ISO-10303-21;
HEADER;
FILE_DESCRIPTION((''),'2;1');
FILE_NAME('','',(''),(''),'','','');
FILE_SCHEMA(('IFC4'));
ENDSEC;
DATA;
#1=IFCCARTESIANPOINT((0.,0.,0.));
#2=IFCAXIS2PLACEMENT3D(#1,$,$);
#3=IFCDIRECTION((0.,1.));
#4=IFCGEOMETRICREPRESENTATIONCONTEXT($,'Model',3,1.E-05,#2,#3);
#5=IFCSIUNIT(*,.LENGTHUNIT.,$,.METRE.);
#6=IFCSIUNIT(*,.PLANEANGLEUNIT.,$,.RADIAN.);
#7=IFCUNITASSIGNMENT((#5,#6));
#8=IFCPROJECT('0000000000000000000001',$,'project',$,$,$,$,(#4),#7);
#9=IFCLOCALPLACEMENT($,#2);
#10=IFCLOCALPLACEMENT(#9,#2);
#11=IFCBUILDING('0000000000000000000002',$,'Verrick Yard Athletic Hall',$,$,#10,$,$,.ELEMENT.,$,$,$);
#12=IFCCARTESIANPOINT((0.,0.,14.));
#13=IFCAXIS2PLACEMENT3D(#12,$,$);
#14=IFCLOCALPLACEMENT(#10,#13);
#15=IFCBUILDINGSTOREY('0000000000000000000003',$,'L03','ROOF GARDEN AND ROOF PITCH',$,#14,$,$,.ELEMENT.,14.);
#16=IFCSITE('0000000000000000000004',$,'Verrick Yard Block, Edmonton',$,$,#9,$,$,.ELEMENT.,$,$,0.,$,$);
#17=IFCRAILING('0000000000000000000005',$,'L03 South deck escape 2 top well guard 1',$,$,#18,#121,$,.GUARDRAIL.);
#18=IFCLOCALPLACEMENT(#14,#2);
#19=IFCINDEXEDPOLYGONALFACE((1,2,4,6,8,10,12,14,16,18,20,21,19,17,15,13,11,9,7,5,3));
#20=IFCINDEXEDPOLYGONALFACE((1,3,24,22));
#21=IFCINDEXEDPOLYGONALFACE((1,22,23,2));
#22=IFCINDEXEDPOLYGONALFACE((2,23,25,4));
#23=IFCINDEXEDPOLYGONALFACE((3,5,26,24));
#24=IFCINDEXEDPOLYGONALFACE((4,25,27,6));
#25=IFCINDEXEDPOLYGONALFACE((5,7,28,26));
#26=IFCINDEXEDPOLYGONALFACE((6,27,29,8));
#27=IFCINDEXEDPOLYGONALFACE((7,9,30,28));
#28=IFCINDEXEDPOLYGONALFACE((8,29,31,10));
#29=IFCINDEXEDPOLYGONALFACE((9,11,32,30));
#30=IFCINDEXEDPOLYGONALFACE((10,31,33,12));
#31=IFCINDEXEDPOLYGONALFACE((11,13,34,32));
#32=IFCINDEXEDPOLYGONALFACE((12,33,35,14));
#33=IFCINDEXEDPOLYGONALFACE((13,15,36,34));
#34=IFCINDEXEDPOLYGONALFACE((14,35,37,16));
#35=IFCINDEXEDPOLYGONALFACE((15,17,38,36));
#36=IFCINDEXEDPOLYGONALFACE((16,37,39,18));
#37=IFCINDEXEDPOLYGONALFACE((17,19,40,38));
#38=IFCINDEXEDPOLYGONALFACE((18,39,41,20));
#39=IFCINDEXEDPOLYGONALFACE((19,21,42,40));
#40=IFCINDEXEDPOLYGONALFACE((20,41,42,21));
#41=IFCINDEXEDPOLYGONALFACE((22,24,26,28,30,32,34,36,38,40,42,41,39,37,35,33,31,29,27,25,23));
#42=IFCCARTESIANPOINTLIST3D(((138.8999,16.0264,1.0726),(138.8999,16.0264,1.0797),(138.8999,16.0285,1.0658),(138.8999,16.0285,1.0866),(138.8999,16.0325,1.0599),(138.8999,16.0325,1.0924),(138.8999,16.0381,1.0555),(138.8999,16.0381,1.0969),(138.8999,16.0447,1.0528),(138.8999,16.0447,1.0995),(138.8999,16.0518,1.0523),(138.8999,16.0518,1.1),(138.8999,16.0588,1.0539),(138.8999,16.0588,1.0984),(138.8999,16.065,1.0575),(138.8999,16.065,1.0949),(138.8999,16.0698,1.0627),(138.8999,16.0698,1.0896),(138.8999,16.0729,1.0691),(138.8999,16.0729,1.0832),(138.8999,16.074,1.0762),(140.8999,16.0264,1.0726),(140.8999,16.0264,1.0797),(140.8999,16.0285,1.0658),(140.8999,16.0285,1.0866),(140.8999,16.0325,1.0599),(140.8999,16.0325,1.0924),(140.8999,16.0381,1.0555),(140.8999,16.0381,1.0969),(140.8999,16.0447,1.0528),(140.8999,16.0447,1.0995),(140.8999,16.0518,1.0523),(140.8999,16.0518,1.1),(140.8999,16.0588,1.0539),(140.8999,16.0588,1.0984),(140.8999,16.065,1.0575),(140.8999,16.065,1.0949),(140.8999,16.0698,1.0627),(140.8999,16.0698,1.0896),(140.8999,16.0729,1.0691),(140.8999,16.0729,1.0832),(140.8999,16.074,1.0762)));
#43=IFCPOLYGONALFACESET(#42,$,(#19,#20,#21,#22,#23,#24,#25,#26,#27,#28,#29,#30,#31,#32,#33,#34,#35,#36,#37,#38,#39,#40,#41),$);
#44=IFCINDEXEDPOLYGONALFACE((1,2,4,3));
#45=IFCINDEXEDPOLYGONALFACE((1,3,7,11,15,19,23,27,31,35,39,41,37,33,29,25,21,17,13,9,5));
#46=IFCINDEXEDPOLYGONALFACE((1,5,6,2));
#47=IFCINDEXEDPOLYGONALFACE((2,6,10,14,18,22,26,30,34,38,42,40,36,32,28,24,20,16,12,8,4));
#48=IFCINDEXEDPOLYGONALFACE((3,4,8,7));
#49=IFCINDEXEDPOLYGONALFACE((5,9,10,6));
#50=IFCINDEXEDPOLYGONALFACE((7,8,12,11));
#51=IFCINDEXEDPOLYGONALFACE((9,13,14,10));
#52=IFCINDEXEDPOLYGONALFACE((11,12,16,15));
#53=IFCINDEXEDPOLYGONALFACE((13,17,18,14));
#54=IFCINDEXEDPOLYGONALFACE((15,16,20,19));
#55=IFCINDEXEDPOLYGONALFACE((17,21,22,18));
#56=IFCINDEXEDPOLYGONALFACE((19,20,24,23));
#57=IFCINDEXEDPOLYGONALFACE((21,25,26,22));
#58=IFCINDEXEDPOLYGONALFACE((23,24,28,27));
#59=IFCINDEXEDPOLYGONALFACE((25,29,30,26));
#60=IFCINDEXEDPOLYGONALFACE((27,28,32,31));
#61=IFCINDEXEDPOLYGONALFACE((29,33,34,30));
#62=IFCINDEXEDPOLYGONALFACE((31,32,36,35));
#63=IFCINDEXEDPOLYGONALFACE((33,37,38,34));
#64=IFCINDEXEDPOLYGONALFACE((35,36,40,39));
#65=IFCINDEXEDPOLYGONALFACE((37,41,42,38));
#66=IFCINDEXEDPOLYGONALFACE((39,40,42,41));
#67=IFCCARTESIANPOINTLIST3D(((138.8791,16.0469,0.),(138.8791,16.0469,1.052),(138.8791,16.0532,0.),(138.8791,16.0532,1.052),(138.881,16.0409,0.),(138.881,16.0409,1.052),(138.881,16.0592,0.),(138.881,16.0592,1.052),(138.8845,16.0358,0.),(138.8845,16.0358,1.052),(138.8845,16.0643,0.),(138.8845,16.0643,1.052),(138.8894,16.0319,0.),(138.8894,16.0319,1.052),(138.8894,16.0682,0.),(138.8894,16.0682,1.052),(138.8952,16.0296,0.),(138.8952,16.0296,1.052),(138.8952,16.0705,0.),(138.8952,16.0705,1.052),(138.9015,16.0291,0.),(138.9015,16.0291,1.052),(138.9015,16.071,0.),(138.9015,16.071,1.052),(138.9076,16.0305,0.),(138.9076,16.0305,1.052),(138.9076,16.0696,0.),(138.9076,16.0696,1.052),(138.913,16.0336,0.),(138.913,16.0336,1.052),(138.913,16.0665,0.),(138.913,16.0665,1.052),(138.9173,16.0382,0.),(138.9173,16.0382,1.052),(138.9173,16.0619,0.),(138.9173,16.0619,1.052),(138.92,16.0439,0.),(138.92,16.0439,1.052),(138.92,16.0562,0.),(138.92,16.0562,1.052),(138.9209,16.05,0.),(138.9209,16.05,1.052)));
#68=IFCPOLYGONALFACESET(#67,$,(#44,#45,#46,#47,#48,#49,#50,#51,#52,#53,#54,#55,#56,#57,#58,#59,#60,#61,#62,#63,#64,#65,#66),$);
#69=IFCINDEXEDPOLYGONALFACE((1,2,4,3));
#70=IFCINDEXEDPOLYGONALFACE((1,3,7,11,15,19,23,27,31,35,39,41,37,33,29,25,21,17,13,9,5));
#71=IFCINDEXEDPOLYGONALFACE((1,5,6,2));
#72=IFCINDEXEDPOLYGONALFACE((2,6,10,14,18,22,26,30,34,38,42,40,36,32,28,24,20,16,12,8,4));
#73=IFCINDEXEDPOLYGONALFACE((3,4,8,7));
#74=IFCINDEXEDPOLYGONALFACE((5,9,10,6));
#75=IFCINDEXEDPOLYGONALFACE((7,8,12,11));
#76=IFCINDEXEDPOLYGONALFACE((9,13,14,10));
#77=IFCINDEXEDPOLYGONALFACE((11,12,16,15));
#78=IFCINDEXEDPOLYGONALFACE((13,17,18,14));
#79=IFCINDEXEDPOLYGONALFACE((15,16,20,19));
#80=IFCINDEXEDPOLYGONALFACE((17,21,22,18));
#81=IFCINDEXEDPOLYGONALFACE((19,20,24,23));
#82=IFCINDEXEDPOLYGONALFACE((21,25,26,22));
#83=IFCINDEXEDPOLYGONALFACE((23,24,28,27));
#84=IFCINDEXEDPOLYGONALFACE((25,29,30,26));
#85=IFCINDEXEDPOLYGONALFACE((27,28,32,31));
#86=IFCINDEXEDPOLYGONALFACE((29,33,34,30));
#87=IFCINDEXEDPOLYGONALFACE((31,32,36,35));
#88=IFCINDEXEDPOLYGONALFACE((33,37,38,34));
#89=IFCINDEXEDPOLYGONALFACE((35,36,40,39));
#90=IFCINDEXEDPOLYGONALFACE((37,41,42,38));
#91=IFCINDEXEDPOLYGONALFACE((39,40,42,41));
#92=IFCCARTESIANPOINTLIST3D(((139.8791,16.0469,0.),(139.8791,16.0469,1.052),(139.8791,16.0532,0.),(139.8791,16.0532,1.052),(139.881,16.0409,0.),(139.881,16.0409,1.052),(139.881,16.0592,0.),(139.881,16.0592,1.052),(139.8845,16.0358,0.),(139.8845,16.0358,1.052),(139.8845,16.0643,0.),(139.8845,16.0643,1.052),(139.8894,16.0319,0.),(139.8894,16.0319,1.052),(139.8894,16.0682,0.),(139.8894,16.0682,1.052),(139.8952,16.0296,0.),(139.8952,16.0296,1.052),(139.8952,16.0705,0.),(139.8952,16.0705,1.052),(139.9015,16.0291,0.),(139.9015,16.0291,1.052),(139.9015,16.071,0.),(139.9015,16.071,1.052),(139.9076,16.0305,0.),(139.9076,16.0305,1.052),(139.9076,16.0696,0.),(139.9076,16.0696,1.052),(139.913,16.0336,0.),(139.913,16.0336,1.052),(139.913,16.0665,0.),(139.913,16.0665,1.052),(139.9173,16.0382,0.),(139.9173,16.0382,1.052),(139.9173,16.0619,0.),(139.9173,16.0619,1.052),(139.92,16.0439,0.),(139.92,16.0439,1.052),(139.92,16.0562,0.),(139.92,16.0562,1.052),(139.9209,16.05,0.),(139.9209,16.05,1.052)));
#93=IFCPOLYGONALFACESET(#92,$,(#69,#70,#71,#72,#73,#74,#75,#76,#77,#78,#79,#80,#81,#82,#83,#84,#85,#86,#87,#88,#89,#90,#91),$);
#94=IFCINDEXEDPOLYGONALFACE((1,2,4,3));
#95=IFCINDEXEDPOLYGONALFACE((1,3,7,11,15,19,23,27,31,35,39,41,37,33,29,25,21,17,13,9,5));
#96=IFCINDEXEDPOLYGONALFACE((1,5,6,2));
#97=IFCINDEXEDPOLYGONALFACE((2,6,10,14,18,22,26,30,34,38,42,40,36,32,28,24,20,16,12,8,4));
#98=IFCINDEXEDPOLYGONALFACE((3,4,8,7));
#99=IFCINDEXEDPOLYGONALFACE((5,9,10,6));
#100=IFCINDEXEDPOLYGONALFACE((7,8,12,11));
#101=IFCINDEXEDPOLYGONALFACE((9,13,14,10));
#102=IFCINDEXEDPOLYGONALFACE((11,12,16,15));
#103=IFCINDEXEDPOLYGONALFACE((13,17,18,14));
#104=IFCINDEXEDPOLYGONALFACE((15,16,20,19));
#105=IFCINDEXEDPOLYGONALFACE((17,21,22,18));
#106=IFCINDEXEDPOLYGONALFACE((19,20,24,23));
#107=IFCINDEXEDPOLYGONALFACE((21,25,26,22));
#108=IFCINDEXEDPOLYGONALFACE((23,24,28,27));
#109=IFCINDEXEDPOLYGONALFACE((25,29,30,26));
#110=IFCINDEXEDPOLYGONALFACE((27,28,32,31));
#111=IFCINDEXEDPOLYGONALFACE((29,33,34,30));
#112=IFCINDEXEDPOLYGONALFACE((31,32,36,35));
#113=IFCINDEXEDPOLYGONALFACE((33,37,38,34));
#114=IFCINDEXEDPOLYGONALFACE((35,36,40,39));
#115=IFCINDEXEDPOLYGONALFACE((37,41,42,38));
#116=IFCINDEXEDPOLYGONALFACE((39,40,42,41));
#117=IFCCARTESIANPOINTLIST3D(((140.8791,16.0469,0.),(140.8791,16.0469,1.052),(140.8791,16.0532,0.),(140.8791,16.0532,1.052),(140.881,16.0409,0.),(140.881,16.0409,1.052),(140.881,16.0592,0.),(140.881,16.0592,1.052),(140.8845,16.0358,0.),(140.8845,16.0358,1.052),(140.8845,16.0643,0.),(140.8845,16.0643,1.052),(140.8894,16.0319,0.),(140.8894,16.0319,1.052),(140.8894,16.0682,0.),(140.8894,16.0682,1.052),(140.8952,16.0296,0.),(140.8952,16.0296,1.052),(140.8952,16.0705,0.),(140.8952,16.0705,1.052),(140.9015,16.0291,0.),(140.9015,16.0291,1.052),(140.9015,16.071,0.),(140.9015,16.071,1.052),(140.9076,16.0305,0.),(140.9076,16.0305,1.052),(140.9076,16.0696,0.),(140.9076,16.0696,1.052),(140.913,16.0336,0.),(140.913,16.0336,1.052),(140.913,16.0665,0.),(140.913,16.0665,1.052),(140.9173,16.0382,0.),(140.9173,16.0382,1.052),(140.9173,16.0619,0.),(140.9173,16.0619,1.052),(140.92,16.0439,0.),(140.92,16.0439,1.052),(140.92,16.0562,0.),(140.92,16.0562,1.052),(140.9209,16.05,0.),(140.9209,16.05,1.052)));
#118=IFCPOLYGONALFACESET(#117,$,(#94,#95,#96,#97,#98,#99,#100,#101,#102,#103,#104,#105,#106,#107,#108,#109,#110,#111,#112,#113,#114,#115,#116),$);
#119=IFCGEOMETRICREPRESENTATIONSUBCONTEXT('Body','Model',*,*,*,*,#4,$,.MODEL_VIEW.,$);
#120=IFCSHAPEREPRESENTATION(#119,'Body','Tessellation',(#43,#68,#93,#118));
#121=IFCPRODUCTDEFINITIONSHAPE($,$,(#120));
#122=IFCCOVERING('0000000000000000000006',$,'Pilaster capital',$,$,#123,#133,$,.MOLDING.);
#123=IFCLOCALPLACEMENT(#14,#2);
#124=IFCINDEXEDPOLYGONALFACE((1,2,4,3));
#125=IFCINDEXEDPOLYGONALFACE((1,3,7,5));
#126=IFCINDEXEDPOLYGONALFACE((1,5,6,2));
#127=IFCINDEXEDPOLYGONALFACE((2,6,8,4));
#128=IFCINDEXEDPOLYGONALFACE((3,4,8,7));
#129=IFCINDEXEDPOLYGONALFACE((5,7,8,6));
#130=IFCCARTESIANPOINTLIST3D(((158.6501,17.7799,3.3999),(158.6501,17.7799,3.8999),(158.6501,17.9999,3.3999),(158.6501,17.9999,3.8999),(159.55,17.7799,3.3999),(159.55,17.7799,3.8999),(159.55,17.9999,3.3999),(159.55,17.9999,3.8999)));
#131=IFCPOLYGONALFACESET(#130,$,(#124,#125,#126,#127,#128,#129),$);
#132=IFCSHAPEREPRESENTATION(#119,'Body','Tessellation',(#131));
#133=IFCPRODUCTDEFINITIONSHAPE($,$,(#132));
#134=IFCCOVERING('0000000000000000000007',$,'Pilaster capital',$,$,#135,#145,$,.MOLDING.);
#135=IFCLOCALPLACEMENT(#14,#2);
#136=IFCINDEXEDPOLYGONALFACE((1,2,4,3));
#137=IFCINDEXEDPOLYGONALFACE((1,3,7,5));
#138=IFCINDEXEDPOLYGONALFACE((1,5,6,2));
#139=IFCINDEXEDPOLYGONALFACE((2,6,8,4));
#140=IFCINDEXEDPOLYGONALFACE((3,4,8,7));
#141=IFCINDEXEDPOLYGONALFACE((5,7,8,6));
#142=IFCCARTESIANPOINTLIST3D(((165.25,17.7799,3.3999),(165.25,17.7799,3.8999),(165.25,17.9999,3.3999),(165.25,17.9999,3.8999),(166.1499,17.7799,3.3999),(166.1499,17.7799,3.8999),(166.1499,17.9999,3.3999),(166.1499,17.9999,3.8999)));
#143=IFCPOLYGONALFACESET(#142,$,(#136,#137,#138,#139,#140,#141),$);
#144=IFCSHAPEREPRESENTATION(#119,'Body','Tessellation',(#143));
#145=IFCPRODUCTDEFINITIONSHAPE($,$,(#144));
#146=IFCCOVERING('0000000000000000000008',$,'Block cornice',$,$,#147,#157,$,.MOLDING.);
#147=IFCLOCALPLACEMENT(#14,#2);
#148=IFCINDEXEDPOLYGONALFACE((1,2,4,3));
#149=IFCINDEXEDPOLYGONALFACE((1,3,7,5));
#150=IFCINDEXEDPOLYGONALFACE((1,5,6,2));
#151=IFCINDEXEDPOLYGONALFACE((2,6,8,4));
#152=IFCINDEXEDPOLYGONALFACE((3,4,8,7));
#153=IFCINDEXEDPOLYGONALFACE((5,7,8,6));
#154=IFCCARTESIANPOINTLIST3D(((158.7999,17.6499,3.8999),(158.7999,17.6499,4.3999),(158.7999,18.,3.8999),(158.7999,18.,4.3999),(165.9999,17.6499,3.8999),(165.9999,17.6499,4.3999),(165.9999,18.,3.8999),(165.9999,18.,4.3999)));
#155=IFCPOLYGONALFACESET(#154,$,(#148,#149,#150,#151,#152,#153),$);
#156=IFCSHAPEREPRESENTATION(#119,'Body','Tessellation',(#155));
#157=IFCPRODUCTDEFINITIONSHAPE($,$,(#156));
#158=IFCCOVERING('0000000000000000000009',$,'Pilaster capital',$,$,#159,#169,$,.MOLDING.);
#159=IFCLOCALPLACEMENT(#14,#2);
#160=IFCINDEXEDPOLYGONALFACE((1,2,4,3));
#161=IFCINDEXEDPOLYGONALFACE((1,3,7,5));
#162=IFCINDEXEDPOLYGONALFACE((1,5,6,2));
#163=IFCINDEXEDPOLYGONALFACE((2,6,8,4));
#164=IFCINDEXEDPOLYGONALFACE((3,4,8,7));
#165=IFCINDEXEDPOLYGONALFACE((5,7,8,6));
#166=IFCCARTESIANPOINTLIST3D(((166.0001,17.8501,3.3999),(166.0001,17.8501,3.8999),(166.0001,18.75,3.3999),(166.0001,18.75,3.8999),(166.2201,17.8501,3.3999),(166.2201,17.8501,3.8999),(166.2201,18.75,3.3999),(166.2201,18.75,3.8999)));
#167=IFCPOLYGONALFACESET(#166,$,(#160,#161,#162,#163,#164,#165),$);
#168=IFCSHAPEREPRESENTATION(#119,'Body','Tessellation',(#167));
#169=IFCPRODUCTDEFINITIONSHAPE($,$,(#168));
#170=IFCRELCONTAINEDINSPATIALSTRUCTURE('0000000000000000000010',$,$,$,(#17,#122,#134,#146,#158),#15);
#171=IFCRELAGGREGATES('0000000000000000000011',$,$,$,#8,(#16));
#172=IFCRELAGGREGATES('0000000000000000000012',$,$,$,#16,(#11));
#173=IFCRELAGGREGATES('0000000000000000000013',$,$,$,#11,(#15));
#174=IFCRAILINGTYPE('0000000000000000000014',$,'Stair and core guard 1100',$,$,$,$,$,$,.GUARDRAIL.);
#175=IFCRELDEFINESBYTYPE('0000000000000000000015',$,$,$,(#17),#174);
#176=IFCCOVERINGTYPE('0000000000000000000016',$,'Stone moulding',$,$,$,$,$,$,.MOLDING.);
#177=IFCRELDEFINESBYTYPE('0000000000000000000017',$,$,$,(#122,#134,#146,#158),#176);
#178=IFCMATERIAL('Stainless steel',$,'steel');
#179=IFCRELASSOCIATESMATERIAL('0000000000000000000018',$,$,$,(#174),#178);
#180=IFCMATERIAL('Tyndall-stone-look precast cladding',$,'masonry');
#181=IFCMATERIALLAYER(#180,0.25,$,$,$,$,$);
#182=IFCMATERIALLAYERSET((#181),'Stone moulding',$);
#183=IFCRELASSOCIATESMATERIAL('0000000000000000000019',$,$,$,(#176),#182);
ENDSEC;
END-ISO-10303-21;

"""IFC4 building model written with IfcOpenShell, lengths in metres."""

from ifc_helpers import new_model, si_unit, direction, frame, origin, origin_2d, place, context, subcontext, project, spatial, rectangle, circle, extrude, material, layer, layer_set, type_object, element, save


model = new_model("IFC4")

# Units and contexts
model_context = context("Model", 3, precision=1e-05, world=origin(), true_north=direction((0.0, 1.0)))
body_context = subcontext(model_context, "Body", "Model", "MODEL_VIEW")
ifc_project = project(units=[si_unit("LENGTHUNIT", "METRE"), si_unit("PLANEANGLEUNIT", "RADIAN")], contexts=[model_context])

# Site, building, storey
site_placement = place(None, origin())
site = spatial("IfcSite", under=ifc_project, at=site_placement, Name="Verrick Yard Block, Edmonton", CompositionType="ELEMENT", RefElevation=0.0)
building_placement = place(site_placement, origin())
building = spatial("IfcBuilding", under=site, at=building_placement, Name="Verrick Yard Athletic Hall", CompositionType="ELEMENT")
storey_placement = place(building_placement, frame((0.0, 0.0, 14.0)))
storey = spatial("IfcBuildingStorey", under=building, at=storey_placement, Name="L03", Description="ROOF GARDEN AND ROOF PITCH", CompositionType="ELEMENT", Elevation=14.0)

# Railing
ifc_material_1 = material(Name="Stainless steel", Category="steel")
railing_type = type_object("IfcRailingType", Name="Stair and core guard 1100", PredefinedType="GUARDRAIL", material=ifc_material_1)
railing_placement = place(storey_placement, frame((138.8999, 16.05, 0.0)))
element("IfcRailing", 1, at=railing_placement, inside=storey, type_object=railing_type, Name="L03 South deck escape 2 top well guard 1", PredefinedType="GUARDRAIL", context=body_context, shape_type="SweptSolid", body=[
    extrude(circle(Radius=0.0239, at=origin_2d()), frame((0.0, 0.0, 1.0762), z_axis=(1.0, 0.0, 0.0), x_axis=(0.0, 1.0, 0.0)), (0.0, 0.0, 1.0), 2.0),
    extrude(circle(Radius=0.021, at=origin_2d()), origin(), (0.0, 0.0, 1.0), 1.052),
    extrude(circle(Radius=0.021, at=origin_2d()), frame((1.0, 0.0, 0.0)), (0.0, 0.0, 1.0), 1.052),
    extrude(circle(Radius=0.021, at=origin_2d()), frame((2.0, 0.0, 0.0)), (0.0, 0.0, 1.0), 1.052),
])

# Coverings
ifc_material_2 = material(Name="Tyndall-stone-look precast cladding", Category="masonry")
ifc_layer_1 = layer(ifc_material_2, 0.25)
ifc_layer_set_1 = layer_set([ifc_layer_1], Name="Stone moulding")
covering_type = type_object("IfcCoveringType", Name="Stone moulding", PredefinedType="MOLDING", material=ifc_layer_set_1)
for number, where, z_axis, x_axis, name in (
    (2, (159.1001, 17.8899, 3.3999), (0.0, 0.0, 1.0), (1.0, 0.0, 0.0), "Pilaster capital"),
    (3, (165.7, 17.8899, 3.3999), (0.0, 0.0, 1.0), (1.0, 0.0, 0.0), "Pilaster capital"),
):
    element("IfcCovering", number, at=place(storey_placement, frame(where, z_axis=z_axis, x_axis=x_axis)), inside=storey, type_object=covering_type, Name=name, PredefinedType="MOLDING", context=body_context, shape_type="SweptSolid", body=[
        extrude(rectangle(XDim=0.8999, YDim=0.22, at=origin_2d()), origin(), (0.0, 0.0, 1.0), 0.5),
    ])
covering_1_placement = place(storey_placement, frame((162.3999, 17.825, 3.8999), z_axis=(0.0, 0.0, 1.0), x_axis=(1.0, 0.0, 0.0)))
element("IfcCovering", 4, at=covering_1_placement, inside=storey, type_object=covering_type, Name="Block cornice", PredefinedType="MOLDING", context=body_context, shape_type="SweptSolid", body=[
    extrude(rectangle(XDim=7.2, YDim=0.3501, at=origin_2d()), origin(), (0.0, 0.0, 1.0), 0.5),
])
covering_2_placement = place(storey_placement, frame((166.1101, 18.3, 3.3999), z_axis=(0.0, 0.0, 1.0), x_axis=(1.0, 0.0, 0.0)))
element("IfcCovering", 5, at=covering_2_placement, inside=storey, type_object=covering_type, Name="Pilaster capital", PredefinedType="MOLDING", context=body_context, shape_type="SweptSolid", body=[
    extrude(rectangle(XDim=0.22, YDim=0.8999, at=origin_2d()), origin(), (0.0, 0.0, 1.0), 0.5),
])

save(model, "model.ifc")
